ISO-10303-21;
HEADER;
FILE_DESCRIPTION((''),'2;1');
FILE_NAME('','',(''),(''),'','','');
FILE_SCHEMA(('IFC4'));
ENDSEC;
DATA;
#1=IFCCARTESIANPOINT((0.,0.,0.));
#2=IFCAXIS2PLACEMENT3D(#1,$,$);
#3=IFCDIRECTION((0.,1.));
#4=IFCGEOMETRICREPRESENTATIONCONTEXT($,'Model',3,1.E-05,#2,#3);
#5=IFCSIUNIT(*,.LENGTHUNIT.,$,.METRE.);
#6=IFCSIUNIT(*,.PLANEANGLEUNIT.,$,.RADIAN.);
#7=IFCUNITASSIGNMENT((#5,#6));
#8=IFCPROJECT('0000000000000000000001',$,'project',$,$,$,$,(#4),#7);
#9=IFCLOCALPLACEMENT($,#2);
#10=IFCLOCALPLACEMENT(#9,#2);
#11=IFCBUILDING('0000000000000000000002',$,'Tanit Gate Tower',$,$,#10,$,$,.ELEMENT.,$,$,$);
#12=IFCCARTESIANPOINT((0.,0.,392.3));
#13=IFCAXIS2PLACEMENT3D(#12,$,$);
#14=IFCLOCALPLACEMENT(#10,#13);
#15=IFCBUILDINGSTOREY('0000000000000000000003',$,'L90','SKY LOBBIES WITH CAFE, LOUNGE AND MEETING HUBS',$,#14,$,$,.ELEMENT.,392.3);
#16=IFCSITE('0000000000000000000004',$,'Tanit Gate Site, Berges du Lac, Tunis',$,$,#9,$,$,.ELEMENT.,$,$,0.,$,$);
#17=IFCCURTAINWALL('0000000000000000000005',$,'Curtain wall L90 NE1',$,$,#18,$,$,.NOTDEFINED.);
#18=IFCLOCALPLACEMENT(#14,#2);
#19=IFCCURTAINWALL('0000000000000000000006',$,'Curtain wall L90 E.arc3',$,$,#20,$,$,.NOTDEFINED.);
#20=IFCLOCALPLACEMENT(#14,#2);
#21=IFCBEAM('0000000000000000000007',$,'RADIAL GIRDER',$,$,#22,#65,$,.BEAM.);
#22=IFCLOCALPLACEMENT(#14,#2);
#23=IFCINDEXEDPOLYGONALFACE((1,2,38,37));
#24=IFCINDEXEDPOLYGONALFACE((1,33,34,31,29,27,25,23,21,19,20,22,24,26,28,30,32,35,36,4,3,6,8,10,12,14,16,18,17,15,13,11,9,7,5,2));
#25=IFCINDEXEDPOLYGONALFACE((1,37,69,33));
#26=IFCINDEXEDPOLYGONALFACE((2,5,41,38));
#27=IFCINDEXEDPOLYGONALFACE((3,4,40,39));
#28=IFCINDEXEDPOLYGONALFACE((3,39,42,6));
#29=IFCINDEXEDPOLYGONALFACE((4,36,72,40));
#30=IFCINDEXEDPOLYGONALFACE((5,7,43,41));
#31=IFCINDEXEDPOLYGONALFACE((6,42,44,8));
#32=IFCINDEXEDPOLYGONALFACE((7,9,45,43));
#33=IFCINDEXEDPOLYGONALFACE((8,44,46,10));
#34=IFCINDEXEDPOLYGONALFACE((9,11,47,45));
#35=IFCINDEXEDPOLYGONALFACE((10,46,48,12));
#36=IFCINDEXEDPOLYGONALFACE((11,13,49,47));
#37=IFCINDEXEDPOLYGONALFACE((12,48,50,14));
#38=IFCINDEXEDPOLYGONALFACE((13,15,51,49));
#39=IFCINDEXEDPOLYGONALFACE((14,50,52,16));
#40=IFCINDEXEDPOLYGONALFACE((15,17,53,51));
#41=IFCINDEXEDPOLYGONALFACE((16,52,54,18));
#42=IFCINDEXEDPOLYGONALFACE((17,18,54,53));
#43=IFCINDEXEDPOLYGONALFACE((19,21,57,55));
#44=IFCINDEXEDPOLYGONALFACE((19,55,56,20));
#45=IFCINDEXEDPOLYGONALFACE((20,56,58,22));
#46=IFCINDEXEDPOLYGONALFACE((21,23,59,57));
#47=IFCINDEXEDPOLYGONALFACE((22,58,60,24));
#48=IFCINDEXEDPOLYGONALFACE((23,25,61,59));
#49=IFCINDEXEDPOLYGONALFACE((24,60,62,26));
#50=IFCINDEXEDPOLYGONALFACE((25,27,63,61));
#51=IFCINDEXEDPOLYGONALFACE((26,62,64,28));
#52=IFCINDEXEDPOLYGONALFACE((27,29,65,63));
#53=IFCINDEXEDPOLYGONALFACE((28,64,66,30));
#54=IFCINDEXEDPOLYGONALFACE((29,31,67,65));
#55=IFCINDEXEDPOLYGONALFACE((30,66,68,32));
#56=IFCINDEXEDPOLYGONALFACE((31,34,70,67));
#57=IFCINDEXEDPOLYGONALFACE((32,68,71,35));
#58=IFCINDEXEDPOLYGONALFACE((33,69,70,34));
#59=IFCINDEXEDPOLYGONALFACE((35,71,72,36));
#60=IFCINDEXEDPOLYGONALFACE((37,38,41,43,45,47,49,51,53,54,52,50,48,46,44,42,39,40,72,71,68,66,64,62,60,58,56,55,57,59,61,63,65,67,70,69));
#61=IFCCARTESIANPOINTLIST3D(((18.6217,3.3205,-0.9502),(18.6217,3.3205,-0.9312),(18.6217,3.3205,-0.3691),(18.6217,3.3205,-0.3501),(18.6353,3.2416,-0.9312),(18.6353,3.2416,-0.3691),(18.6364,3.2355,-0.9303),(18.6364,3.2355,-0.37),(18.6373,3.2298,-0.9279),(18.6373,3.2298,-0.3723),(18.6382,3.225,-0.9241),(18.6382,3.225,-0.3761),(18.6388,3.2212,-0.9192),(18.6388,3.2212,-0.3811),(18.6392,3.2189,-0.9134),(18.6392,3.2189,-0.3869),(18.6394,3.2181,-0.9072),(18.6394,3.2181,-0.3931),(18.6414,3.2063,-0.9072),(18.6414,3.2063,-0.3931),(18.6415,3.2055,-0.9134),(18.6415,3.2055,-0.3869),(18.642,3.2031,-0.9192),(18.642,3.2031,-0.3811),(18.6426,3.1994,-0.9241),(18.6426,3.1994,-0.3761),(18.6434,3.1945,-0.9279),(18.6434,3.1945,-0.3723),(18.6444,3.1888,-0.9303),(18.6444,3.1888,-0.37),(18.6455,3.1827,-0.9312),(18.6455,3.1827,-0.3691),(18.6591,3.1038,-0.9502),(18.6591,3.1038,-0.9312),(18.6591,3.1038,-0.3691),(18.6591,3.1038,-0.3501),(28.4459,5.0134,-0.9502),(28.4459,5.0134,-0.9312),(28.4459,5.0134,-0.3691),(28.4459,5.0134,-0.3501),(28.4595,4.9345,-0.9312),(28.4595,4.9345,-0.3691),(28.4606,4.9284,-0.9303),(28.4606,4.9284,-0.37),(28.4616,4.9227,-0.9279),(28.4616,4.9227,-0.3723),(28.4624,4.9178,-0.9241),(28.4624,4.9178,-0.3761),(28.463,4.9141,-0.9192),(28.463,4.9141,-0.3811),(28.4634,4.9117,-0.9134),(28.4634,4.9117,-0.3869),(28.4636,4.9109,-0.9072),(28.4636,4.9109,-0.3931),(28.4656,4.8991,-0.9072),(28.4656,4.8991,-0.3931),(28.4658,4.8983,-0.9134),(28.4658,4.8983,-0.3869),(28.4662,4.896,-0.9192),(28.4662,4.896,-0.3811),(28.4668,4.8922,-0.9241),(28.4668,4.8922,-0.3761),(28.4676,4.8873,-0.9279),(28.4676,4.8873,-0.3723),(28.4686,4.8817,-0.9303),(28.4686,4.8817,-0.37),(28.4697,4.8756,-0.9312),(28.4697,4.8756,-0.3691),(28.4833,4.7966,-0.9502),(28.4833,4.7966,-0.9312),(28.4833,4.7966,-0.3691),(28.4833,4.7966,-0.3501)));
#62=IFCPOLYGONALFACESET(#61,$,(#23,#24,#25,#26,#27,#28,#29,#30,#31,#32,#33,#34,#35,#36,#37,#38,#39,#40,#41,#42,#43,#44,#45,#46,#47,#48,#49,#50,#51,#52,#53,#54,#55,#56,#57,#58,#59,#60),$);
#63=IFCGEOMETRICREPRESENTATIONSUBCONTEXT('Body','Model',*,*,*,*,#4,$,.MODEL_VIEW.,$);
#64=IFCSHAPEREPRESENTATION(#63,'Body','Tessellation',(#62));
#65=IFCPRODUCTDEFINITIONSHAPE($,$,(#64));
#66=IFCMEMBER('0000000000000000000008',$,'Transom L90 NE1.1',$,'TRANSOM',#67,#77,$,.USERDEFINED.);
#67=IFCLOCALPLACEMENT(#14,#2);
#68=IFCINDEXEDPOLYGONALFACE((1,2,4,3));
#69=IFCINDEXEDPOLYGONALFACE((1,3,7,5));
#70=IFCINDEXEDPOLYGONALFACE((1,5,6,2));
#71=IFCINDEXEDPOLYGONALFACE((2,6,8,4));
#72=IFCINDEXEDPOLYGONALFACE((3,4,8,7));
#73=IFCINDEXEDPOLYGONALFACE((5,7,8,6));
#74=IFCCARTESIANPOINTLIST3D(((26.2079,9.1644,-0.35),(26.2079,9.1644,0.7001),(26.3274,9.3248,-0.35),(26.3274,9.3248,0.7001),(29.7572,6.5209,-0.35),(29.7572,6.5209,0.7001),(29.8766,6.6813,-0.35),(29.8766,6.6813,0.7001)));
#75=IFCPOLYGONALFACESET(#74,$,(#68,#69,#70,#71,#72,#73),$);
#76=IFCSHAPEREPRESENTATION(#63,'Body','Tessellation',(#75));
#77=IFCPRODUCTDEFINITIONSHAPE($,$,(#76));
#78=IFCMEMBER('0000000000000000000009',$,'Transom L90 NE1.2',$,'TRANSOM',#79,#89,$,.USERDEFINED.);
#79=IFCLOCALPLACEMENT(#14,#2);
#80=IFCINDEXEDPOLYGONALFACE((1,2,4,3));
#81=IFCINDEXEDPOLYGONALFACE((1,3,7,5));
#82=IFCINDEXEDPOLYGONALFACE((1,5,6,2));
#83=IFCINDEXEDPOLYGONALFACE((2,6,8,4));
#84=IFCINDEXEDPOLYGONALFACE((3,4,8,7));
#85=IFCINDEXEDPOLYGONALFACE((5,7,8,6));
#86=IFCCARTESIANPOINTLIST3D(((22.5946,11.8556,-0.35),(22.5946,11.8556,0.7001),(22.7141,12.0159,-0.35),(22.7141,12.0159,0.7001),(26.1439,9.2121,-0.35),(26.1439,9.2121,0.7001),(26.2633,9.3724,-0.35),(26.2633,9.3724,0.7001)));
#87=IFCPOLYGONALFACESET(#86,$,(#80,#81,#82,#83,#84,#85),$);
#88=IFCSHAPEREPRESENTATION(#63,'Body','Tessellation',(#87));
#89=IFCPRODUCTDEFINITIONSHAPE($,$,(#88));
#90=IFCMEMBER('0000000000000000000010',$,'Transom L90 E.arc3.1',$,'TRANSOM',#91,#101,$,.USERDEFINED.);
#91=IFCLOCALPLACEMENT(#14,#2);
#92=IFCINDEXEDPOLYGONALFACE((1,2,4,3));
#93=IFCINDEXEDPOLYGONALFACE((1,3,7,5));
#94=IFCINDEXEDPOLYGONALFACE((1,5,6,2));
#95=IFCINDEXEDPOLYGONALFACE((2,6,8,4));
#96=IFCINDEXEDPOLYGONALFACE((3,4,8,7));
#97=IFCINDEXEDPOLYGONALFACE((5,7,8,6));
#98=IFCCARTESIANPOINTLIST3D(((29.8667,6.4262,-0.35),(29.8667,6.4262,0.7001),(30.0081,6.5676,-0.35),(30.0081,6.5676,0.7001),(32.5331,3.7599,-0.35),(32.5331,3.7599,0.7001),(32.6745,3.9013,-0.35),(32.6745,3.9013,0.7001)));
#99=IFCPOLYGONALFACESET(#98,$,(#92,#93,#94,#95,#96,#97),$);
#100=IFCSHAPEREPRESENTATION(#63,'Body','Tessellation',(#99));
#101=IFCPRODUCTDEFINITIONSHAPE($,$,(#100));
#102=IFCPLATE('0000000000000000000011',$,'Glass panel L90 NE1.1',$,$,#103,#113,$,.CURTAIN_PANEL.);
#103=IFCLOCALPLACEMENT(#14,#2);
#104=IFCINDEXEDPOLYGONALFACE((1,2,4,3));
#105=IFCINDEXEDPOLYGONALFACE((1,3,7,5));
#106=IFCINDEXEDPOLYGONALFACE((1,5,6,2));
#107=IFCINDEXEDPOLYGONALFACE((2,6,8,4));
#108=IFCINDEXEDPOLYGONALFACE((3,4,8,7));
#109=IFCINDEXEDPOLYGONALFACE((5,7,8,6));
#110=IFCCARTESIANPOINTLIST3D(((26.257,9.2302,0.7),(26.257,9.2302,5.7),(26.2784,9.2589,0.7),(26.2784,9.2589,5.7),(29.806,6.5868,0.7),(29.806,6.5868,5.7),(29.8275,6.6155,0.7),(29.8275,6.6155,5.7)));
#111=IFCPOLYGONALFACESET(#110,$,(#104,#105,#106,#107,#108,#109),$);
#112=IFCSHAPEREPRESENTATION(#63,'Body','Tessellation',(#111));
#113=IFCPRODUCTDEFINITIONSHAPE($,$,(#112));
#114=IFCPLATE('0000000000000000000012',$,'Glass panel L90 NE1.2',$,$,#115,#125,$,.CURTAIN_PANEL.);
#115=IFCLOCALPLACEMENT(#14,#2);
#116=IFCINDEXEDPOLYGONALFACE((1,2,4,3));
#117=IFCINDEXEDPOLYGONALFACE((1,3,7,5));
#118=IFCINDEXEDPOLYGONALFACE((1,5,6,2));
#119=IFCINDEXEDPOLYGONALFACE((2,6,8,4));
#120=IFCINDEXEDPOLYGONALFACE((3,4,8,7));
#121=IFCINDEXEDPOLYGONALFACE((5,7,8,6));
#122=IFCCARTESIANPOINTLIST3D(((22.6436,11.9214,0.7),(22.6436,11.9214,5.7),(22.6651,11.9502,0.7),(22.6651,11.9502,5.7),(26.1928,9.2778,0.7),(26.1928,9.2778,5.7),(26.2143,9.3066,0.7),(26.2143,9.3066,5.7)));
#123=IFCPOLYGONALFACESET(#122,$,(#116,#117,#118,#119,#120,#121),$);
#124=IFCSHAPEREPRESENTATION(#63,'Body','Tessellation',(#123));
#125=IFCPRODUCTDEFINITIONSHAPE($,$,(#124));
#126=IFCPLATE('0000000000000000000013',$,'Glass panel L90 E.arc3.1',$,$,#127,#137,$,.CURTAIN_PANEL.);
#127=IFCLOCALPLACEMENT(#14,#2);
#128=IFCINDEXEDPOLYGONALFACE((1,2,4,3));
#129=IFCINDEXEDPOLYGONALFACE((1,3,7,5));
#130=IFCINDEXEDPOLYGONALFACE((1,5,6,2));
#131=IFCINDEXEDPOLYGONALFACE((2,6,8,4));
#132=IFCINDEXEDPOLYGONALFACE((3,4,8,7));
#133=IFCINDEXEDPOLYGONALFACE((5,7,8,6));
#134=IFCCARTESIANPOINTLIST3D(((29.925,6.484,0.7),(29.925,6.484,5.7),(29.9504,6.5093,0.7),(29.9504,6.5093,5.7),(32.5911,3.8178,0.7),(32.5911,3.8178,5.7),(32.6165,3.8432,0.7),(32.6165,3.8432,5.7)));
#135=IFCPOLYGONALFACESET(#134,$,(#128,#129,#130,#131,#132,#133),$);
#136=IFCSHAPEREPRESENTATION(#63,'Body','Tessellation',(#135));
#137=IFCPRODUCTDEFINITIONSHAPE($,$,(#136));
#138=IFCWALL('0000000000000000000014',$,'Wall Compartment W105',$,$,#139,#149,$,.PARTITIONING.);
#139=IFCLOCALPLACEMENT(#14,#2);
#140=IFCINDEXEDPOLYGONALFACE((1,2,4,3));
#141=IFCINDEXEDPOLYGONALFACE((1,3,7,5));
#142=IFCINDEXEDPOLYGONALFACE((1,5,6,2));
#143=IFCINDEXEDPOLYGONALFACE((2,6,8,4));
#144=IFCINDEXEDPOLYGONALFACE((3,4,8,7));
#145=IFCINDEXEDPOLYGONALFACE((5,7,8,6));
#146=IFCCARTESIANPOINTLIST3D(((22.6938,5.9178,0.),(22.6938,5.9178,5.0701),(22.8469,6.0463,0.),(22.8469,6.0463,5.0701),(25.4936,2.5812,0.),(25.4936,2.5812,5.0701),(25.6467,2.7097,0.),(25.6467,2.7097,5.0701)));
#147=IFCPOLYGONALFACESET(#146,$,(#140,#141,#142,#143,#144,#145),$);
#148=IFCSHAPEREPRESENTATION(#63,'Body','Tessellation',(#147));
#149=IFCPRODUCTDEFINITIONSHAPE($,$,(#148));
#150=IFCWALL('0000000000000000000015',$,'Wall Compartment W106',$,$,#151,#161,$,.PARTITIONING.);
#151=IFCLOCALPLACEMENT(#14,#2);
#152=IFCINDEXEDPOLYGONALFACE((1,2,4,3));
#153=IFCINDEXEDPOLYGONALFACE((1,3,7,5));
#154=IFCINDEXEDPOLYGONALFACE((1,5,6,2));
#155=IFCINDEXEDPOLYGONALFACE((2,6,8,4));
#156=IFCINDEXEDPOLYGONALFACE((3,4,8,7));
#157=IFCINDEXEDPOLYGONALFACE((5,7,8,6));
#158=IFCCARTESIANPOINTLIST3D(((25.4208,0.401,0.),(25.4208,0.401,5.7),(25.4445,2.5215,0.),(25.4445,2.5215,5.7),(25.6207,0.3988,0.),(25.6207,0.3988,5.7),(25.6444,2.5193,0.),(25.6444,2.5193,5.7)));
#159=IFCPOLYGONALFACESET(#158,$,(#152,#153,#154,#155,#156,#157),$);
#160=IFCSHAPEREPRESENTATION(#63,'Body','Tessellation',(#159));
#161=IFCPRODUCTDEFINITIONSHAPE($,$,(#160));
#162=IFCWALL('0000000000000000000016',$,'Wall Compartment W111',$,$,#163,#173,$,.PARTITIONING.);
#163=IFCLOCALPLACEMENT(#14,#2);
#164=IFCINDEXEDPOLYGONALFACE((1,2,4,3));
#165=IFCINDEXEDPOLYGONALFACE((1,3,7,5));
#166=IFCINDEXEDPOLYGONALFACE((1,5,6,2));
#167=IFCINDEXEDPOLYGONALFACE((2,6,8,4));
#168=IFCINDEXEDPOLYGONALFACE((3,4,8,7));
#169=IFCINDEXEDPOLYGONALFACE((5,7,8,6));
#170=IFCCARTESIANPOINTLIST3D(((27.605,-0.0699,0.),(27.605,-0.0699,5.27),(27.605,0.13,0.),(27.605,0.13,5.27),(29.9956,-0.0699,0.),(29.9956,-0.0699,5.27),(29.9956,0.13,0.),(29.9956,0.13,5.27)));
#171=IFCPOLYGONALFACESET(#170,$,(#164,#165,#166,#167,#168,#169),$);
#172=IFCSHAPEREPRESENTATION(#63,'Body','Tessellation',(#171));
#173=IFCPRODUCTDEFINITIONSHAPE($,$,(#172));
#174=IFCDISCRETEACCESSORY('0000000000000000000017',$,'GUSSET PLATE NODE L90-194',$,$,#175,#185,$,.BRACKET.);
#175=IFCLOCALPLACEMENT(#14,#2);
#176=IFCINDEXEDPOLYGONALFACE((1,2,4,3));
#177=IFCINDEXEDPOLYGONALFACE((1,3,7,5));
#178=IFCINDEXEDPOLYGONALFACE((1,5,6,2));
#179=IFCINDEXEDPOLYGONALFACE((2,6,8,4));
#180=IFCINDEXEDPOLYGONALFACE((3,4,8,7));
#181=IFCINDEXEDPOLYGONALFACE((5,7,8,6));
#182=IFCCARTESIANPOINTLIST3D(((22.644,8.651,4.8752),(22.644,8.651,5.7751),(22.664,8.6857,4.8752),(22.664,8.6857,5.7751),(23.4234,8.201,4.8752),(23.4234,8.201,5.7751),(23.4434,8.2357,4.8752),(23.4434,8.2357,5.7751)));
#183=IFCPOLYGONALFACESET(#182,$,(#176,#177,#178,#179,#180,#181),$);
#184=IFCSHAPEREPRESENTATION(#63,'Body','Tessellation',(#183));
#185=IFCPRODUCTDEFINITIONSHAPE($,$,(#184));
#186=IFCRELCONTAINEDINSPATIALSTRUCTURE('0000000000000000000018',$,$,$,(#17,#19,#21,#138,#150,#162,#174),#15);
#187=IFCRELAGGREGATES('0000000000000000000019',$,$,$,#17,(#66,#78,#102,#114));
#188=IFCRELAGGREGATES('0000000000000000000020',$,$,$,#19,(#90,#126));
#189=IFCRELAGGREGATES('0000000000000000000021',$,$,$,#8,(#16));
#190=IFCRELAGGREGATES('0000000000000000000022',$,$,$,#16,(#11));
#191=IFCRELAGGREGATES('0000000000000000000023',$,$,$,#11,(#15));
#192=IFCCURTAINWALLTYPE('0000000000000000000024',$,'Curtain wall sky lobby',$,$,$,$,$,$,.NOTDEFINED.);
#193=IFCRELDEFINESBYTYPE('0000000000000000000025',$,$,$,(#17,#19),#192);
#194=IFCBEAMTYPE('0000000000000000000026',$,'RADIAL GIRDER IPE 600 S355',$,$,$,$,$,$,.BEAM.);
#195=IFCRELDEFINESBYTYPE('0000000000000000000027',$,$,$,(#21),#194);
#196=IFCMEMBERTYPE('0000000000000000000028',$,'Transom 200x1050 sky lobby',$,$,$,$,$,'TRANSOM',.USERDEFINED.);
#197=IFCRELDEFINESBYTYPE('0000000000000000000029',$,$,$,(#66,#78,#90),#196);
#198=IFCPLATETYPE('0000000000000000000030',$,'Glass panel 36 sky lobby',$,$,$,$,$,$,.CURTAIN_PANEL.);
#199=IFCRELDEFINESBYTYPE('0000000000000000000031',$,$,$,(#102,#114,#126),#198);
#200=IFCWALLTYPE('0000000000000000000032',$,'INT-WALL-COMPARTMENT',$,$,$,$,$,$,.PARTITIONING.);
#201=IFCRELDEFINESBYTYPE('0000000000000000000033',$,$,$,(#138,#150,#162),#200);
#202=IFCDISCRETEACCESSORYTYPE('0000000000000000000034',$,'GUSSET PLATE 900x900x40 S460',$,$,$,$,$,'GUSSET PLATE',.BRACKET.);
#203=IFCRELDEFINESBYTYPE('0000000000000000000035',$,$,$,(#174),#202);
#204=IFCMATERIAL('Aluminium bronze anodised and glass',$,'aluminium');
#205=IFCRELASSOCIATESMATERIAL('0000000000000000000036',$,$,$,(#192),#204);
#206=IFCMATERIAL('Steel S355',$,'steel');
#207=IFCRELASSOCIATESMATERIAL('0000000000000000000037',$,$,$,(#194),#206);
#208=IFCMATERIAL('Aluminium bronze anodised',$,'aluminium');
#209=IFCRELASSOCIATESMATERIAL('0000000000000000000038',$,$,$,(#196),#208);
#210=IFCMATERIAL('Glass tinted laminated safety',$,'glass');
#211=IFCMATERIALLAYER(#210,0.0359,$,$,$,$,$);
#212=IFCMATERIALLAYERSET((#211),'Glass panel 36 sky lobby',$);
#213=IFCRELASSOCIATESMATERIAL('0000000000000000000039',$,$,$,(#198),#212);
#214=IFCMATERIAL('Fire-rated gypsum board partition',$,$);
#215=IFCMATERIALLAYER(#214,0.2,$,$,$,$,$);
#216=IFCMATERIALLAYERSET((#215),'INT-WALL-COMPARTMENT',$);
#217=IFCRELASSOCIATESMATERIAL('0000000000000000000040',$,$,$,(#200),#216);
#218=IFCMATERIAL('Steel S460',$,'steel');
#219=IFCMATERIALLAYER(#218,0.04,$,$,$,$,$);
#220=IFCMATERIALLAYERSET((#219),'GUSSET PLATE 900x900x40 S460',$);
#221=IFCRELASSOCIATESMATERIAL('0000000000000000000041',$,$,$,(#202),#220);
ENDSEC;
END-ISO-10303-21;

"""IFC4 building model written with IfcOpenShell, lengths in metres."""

from ifc_helpers import new_model, si_unit, direction, frame, frame_2d, origin, origin_2d, place, context, subcontext, project, spatial, rectangle, i_section, extrude, material, layer, layer_set, material_profile, profile_set, type_object, element, aggregate, save


model = new_model("IFC4")

# Units and contexts
model_context = context("Model", 3, precision=1e-05, world=origin(), true_north=direction((0.0, 1.0)))
body_context = subcontext(model_context, "Body", "Model", "MODEL_VIEW")
ifc_project = project(units=[si_unit("LENGTHUNIT", "METRE"), si_unit("PLANEANGLEUNIT", "RADIAN")], contexts=[model_context])

# Site, building, storey
site_placement = place(None, origin())
site = spatial("IfcSite", under=ifc_project, at=site_placement, Name="Tanit Gate Site, Berges du Lac, Tunis", CompositionType="ELEMENT", RefElevation=0.0)
building_placement = place(site_placement, origin())
building = spatial("IfcBuilding", under=site, at=building_placement, Name="Tanit Gate Tower", CompositionType="ELEMENT")
storey_placement = place(building_placement, frame((0.0, 0.0, 392.3)))
storey = spatial("IfcBuildingStorey", under=building, at=storey_placement, Name="L90", Description="SKY LOBBIES WITH CAFE, LOUNGE AND MEETING HUBS", CompositionType="ELEMENT", Elevation=392.3)

# Curtain wall
ifc_material_1 = material(Name="Aluminium bronze anodised and glass", Category="aluminium")
curtain_wall_type = type_object("IfcCurtainWallType", Name="Curtain wall sky lobby", PredefinedType="NOTDEFINED", material=ifc_material_1)
curtain_wall_1_placement = place(storey_placement, origin())
curtain_wall_1 = element("IfcCurtainWall", 1, at=curtain_wall_1_placement, inside=storey, type_object=curtain_wall_type, Name="Curtain wall L90 NE1", PredefinedType="NOTDEFINED")

# Curtain wall
curtain_wall_2_placement = place(storey_placement, origin())
curtain_wall_2 = element("IfcCurtainWall", 2, at=curtain_wall_2_placement, inside=storey, type_object=curtain_wall_type, Name="Curtain wall L90 E.arc3", PredefinedType="NOTDEFINED")

# Beam
ifc_material_2 = material(Name="Steel S355", Category="steel")
ifc_material_profile_1 = material_profile(ifc_material_2, i_section(OverallWidth=0.22, OverallDepth=0.6001, WebThickness=0.012, FlangeThickness=0.019, FilletRadius=0.0239, at=origin_2d()), Name="IPE 600")
ifc_profile_set_1 = profile_set([ifc_material_profile_1], Name="Steel S355")
beam_type_1 = type_object("IfcBeamType", Name="RADIAL GIRDER IPE 600 S355", PredefinedType="BEAM", material=ifc_profile_set_1)
beam_1_placement = place(storey_placement, frame((28.4646, 4.905, -0.6501), z_axis=(-0.985476, -0.169813, 0.0), x_axis=(0.169813, -0.985476, 0.0)))
element("IfcBeam", 3, at=beam_1_placement, inside=storey, type_object=beam_type_1, Name="RADIAL GIRDER", PredefinedType="BEAM", context=body_context, shape_type="SweptSolid", body=[
    extrude(i_section(OverallWidth=0.22, OverallDepth=0.6001, WebThickness=0.012, FlangeThickness=0.019, FilletRadius=0.0239, at=origin_2d()), origin(), (0.0, 0.0, 1.0), 9.969),
])

# Members
ifc_material_3 = material(Name="Aluminium bronze anodised", Category="aluminium")
ifc_material_profile_2 = material_profile(ifc_material_3, rectangle(XDim=0.2, YDim=1.05, at=origin_2d()), Name="200x1050 bronze transom")
ifc_profile_set_2 = profile_set([ifc_material_profile_2], Name="Aluminium bronze anodised")
member_type_1 = type_object("IfcMemberType", Name="Transom 200x1050 sky lobby", ElementType="TRANSOM", PredefinedType="USERDEFINED", material=ifc_profile_set_2)
member_1_placement = place(storey_placement, frame((29.8169, 6.6011, 0.175), z_axis=(-0.801995, 0.597331, 0.0), x_axis=(-0.597331, -0.801995, 0.0)))
member_1 = element("IfcMember", 4, at=member_1_placement, type_object=member_type_1, Name="Transom L90 NE1.1", ObjectType="TRANSOM", PredefinedType="USERDEFINED", context=body_context, shape_type="SweptSolid", body=[
    extrude(rectangle(XDim=0.2, YDim=1.05, at=origin_2d()), origin(), (0.0, 0.0, 1.0), 4.4255),
])
member_2_placement = place(storey_placement, frame((26.2036, 9.2922, 0.175), z_axis=(-0.801995, 0.597331, 0.0), x_axis=(-0.597331, -0.801995, 0.0)))
member_2 = element("IfcMember", 5, at=member_2_placement, type_object=member_type_1, Name="Transom L90 NE1.2", ObjectType="TRANSOM", PredefinedType="USERDEFINED", context=body_context, shape_type="SweptSolid", body=[
    extrude(rectangle(XDim=0.2, YDim=1.05, at=origin_2d()), origin(), (0.0, 0.0, 1.0), 4.4255),
])
member_3_placement = place(storey_placement, frame((32.6038, 3.8306, 0.175), z_axis=(-0.707107, 0.707107, 0.0), x_axis=(-0.707107, -0.707107, 0.0)))
member_3 = element("IfcMember", 6, at=member_3_placement, type_object=member_type_1, Name="Transom L90 E.arc3.1", ObjectType="TRANSOM", PredefinedType="USERDEFINED", context=body_context, shape_type="SweptSolid", body=[
    extrude(rectangle(XDim=0.2, YDim=1.05, at=origin_2d()), origin(), (0.0, 0.0, 1.0), 3.7708),
])

# Plates
ifc_material_4 = material(Name="Glass tinted laminated safety", Category="glass")
ifc_layer_1 = layer(ifc_material_4, 0.0359)
ifc_layer_set_1 = layer_set([ifc_layer_1], Name="Glass panel 36 sky lobby")
plate_type = type_object("IfcPlateType", Name="Glass panel 36 sky lobby", PredefinedType="CURTAIN_PANEL", material=ifc_layer_set_1)
plate_1_placement = place(storey_placement, frame((28.0422, 7.9229, 0.7), z_axis=(0.0, 0.0, 1.0), x_axis=(-0.801988, 0.597341, 0.0)))
plate_1 = element("IfcPlate", 7, at=plate_1_placement, type_object=plate_type, Name="Glass panel L90 NE1.1", PredefinedType="CURTAIN_PANEL", context=body_context, shape_type="SweptSolid", body=[
    extrude(rectangle(XDim=4.4253, YDim=0.0359, at=origin_2d()), origin(), (0.0, 0.0, 1.0), 5.0),
])
plate_2_placement = place(storey_placement, frame((24.429, 10.614, 0.7), z_axis=(0.0, 0.0, 1.0), x_axis=(-0.801988, 0.597341, 0.0)))
plate_2 = element("IfcPlate", 8, at=plate_2_placement, type_object=plate_type, Name="Glass panel L90 NE1.2", PredefinedType="CURTAIN_PANEL", context=body_context, shape_type="SweptSolid", body=[
    extrude(rectangle(XDim=4.4255, YDim=0.0359, at=origin_2d()), origin(), (0.0, 0.0, 1.0), 5.0),
])
aggregate(curtain_wall_1, [member_1, member_2, plate_1, plate_2])
plate_3_placement = place(storey_placement, frame((31.2708, 5.1636, 0.7), z_axis=(0.0, 0.0, 1.0), x_axis=(-0.707107, 0.707107, 0.0)))
plate_3 = element("IfcPlate", 9, at=plate_3_placement, type_object=plate_type, Name="Glass panel L90 E.arc3.1", PredefinedType="CURTAIN_PANEL", context=body_context, shape_type="SweptSolid", body=[
    extrude(rectangle(XDim=3.7705, YDim=0.0359, at=origin_2d()), origin(), (0.0, 0.0, 1.0), 5.0),
])
aggregate(curtain_wall_2, [member_3, plate_3])

# Walls
ifc_material_5 = material(Name="Fire-rated gypsum board partition")
ifc_layer_2 = layer(ifc_material_5, 0.2)
ifc_layer_set_2 = layer_set([ifc_layer_2], Name="INT-WALL-COMPARTMENT")
wall_type = type_object("IfcWallType", Name="INT-WALL-COMPARTMENT", PredefinedType="PARTITIONING", material=ifc_layer_set_2)
wall_1_placement = place(storey_placement, frame((25.5701, 2.6455, 0.0), z_axis=(0.0, 0.0, 1.0), x_axis=(-0.642788, 0.766044, 0.0)))
element("IfcWall", 10, at=wall_1_placement, inside=storey, type_object=wall_type, Name="Wall Compartment W105", PredefinedType="PARTITIONING", context=body_context, shape_type="SweptSolid", body=[
    extrude(rectangle(XDim=4.3557, YDim=0.2, at=frame_2d((2.1777, 0.0))), origin(), (0.0, 0.0, 1.0), 5.0701),
])
wall_2_placement = place(storey_placement, frame((25.5208, 0.3999, 0.0), z_axis=(0.0, 0.0, 1.0), x_axis=(0.011168, 0.999938, 0.0)))
element("IfcWall", 11, at=wall_2_placement, inside=storey, type_object=wall_type, Name="Wall Compartment W106", PredefinedType="PARTITIONING", context=body_context, shape_type="SweptSolid", body=[
    extrude(rectangle(XDim=2.1206, YDim=0.2, at=frame_2d((1.0603, 0.0))), origin(), (0.0, 0.0, 1.0), 5.7),
])
wall_3_placement = place(storey_placement, frame((27.605, 0.03, 0.0), z_axis=(0.0, 0.0, 1.0), x_axis=(1.0, 0.0, 0.0)))
element("IfcWall", 12, at=wall_3_placement, inside=storey, type_object=wall_type, Name="Wall Compartment W111", PredefinedType="PARTITIONING", context=body_context, shape_type="SweptSolid", body=[
    extrude(rectangle(XDim=2.3906, YDim=0.2, at=frame_2d((1.1953, 0.0))), origin(), (0.0, 0.0, 1.0), 5.27),
])

# Discrete accessory
ifc_material_6 = material(Name="Steel S460", Category="steel")
ifc_layer_3 = layer(ifc_material_6, 0.04)
ifc_layer_set_3 = layer_set([ifc_layer_3], Name="GUSSET PLATE 900x900x40 S460")
discrete_accessory_type = type_object("IfcDiscreteAccessoryType", Name="GUSSET PLATE 900x900x40 S460", ElementType="GUSSET PLATE", PredefinedType="BRACKET", material=ifc_layer_set_3)
for number, where, z_axis, x_axis, name in (
    (13, (23.0437, 8.4434, 4.8752), (0.0, 0.0, 1.0), (-0.866025, 0.5, 0.0), "GUSSET PLATE NODE L90-194"),
):
    element("IfcDiscreteAccessory", number, at=place(storey_placement, frame(where, z_axis=z_axis, x_axis=x_axis)), inside=storey, type_object=discrete_accessory_type, Name=name, PredefinedType="BRACKET", context=body_context, shape_type="SweptSolid", body=[
        extrude(rectangle(XDim=0.8999, YDim=0.04, at=origin_2d()), origin(), (0.0, 0.0, 1.0), 0.8999),
    ])

save(model, "model.ifc")
